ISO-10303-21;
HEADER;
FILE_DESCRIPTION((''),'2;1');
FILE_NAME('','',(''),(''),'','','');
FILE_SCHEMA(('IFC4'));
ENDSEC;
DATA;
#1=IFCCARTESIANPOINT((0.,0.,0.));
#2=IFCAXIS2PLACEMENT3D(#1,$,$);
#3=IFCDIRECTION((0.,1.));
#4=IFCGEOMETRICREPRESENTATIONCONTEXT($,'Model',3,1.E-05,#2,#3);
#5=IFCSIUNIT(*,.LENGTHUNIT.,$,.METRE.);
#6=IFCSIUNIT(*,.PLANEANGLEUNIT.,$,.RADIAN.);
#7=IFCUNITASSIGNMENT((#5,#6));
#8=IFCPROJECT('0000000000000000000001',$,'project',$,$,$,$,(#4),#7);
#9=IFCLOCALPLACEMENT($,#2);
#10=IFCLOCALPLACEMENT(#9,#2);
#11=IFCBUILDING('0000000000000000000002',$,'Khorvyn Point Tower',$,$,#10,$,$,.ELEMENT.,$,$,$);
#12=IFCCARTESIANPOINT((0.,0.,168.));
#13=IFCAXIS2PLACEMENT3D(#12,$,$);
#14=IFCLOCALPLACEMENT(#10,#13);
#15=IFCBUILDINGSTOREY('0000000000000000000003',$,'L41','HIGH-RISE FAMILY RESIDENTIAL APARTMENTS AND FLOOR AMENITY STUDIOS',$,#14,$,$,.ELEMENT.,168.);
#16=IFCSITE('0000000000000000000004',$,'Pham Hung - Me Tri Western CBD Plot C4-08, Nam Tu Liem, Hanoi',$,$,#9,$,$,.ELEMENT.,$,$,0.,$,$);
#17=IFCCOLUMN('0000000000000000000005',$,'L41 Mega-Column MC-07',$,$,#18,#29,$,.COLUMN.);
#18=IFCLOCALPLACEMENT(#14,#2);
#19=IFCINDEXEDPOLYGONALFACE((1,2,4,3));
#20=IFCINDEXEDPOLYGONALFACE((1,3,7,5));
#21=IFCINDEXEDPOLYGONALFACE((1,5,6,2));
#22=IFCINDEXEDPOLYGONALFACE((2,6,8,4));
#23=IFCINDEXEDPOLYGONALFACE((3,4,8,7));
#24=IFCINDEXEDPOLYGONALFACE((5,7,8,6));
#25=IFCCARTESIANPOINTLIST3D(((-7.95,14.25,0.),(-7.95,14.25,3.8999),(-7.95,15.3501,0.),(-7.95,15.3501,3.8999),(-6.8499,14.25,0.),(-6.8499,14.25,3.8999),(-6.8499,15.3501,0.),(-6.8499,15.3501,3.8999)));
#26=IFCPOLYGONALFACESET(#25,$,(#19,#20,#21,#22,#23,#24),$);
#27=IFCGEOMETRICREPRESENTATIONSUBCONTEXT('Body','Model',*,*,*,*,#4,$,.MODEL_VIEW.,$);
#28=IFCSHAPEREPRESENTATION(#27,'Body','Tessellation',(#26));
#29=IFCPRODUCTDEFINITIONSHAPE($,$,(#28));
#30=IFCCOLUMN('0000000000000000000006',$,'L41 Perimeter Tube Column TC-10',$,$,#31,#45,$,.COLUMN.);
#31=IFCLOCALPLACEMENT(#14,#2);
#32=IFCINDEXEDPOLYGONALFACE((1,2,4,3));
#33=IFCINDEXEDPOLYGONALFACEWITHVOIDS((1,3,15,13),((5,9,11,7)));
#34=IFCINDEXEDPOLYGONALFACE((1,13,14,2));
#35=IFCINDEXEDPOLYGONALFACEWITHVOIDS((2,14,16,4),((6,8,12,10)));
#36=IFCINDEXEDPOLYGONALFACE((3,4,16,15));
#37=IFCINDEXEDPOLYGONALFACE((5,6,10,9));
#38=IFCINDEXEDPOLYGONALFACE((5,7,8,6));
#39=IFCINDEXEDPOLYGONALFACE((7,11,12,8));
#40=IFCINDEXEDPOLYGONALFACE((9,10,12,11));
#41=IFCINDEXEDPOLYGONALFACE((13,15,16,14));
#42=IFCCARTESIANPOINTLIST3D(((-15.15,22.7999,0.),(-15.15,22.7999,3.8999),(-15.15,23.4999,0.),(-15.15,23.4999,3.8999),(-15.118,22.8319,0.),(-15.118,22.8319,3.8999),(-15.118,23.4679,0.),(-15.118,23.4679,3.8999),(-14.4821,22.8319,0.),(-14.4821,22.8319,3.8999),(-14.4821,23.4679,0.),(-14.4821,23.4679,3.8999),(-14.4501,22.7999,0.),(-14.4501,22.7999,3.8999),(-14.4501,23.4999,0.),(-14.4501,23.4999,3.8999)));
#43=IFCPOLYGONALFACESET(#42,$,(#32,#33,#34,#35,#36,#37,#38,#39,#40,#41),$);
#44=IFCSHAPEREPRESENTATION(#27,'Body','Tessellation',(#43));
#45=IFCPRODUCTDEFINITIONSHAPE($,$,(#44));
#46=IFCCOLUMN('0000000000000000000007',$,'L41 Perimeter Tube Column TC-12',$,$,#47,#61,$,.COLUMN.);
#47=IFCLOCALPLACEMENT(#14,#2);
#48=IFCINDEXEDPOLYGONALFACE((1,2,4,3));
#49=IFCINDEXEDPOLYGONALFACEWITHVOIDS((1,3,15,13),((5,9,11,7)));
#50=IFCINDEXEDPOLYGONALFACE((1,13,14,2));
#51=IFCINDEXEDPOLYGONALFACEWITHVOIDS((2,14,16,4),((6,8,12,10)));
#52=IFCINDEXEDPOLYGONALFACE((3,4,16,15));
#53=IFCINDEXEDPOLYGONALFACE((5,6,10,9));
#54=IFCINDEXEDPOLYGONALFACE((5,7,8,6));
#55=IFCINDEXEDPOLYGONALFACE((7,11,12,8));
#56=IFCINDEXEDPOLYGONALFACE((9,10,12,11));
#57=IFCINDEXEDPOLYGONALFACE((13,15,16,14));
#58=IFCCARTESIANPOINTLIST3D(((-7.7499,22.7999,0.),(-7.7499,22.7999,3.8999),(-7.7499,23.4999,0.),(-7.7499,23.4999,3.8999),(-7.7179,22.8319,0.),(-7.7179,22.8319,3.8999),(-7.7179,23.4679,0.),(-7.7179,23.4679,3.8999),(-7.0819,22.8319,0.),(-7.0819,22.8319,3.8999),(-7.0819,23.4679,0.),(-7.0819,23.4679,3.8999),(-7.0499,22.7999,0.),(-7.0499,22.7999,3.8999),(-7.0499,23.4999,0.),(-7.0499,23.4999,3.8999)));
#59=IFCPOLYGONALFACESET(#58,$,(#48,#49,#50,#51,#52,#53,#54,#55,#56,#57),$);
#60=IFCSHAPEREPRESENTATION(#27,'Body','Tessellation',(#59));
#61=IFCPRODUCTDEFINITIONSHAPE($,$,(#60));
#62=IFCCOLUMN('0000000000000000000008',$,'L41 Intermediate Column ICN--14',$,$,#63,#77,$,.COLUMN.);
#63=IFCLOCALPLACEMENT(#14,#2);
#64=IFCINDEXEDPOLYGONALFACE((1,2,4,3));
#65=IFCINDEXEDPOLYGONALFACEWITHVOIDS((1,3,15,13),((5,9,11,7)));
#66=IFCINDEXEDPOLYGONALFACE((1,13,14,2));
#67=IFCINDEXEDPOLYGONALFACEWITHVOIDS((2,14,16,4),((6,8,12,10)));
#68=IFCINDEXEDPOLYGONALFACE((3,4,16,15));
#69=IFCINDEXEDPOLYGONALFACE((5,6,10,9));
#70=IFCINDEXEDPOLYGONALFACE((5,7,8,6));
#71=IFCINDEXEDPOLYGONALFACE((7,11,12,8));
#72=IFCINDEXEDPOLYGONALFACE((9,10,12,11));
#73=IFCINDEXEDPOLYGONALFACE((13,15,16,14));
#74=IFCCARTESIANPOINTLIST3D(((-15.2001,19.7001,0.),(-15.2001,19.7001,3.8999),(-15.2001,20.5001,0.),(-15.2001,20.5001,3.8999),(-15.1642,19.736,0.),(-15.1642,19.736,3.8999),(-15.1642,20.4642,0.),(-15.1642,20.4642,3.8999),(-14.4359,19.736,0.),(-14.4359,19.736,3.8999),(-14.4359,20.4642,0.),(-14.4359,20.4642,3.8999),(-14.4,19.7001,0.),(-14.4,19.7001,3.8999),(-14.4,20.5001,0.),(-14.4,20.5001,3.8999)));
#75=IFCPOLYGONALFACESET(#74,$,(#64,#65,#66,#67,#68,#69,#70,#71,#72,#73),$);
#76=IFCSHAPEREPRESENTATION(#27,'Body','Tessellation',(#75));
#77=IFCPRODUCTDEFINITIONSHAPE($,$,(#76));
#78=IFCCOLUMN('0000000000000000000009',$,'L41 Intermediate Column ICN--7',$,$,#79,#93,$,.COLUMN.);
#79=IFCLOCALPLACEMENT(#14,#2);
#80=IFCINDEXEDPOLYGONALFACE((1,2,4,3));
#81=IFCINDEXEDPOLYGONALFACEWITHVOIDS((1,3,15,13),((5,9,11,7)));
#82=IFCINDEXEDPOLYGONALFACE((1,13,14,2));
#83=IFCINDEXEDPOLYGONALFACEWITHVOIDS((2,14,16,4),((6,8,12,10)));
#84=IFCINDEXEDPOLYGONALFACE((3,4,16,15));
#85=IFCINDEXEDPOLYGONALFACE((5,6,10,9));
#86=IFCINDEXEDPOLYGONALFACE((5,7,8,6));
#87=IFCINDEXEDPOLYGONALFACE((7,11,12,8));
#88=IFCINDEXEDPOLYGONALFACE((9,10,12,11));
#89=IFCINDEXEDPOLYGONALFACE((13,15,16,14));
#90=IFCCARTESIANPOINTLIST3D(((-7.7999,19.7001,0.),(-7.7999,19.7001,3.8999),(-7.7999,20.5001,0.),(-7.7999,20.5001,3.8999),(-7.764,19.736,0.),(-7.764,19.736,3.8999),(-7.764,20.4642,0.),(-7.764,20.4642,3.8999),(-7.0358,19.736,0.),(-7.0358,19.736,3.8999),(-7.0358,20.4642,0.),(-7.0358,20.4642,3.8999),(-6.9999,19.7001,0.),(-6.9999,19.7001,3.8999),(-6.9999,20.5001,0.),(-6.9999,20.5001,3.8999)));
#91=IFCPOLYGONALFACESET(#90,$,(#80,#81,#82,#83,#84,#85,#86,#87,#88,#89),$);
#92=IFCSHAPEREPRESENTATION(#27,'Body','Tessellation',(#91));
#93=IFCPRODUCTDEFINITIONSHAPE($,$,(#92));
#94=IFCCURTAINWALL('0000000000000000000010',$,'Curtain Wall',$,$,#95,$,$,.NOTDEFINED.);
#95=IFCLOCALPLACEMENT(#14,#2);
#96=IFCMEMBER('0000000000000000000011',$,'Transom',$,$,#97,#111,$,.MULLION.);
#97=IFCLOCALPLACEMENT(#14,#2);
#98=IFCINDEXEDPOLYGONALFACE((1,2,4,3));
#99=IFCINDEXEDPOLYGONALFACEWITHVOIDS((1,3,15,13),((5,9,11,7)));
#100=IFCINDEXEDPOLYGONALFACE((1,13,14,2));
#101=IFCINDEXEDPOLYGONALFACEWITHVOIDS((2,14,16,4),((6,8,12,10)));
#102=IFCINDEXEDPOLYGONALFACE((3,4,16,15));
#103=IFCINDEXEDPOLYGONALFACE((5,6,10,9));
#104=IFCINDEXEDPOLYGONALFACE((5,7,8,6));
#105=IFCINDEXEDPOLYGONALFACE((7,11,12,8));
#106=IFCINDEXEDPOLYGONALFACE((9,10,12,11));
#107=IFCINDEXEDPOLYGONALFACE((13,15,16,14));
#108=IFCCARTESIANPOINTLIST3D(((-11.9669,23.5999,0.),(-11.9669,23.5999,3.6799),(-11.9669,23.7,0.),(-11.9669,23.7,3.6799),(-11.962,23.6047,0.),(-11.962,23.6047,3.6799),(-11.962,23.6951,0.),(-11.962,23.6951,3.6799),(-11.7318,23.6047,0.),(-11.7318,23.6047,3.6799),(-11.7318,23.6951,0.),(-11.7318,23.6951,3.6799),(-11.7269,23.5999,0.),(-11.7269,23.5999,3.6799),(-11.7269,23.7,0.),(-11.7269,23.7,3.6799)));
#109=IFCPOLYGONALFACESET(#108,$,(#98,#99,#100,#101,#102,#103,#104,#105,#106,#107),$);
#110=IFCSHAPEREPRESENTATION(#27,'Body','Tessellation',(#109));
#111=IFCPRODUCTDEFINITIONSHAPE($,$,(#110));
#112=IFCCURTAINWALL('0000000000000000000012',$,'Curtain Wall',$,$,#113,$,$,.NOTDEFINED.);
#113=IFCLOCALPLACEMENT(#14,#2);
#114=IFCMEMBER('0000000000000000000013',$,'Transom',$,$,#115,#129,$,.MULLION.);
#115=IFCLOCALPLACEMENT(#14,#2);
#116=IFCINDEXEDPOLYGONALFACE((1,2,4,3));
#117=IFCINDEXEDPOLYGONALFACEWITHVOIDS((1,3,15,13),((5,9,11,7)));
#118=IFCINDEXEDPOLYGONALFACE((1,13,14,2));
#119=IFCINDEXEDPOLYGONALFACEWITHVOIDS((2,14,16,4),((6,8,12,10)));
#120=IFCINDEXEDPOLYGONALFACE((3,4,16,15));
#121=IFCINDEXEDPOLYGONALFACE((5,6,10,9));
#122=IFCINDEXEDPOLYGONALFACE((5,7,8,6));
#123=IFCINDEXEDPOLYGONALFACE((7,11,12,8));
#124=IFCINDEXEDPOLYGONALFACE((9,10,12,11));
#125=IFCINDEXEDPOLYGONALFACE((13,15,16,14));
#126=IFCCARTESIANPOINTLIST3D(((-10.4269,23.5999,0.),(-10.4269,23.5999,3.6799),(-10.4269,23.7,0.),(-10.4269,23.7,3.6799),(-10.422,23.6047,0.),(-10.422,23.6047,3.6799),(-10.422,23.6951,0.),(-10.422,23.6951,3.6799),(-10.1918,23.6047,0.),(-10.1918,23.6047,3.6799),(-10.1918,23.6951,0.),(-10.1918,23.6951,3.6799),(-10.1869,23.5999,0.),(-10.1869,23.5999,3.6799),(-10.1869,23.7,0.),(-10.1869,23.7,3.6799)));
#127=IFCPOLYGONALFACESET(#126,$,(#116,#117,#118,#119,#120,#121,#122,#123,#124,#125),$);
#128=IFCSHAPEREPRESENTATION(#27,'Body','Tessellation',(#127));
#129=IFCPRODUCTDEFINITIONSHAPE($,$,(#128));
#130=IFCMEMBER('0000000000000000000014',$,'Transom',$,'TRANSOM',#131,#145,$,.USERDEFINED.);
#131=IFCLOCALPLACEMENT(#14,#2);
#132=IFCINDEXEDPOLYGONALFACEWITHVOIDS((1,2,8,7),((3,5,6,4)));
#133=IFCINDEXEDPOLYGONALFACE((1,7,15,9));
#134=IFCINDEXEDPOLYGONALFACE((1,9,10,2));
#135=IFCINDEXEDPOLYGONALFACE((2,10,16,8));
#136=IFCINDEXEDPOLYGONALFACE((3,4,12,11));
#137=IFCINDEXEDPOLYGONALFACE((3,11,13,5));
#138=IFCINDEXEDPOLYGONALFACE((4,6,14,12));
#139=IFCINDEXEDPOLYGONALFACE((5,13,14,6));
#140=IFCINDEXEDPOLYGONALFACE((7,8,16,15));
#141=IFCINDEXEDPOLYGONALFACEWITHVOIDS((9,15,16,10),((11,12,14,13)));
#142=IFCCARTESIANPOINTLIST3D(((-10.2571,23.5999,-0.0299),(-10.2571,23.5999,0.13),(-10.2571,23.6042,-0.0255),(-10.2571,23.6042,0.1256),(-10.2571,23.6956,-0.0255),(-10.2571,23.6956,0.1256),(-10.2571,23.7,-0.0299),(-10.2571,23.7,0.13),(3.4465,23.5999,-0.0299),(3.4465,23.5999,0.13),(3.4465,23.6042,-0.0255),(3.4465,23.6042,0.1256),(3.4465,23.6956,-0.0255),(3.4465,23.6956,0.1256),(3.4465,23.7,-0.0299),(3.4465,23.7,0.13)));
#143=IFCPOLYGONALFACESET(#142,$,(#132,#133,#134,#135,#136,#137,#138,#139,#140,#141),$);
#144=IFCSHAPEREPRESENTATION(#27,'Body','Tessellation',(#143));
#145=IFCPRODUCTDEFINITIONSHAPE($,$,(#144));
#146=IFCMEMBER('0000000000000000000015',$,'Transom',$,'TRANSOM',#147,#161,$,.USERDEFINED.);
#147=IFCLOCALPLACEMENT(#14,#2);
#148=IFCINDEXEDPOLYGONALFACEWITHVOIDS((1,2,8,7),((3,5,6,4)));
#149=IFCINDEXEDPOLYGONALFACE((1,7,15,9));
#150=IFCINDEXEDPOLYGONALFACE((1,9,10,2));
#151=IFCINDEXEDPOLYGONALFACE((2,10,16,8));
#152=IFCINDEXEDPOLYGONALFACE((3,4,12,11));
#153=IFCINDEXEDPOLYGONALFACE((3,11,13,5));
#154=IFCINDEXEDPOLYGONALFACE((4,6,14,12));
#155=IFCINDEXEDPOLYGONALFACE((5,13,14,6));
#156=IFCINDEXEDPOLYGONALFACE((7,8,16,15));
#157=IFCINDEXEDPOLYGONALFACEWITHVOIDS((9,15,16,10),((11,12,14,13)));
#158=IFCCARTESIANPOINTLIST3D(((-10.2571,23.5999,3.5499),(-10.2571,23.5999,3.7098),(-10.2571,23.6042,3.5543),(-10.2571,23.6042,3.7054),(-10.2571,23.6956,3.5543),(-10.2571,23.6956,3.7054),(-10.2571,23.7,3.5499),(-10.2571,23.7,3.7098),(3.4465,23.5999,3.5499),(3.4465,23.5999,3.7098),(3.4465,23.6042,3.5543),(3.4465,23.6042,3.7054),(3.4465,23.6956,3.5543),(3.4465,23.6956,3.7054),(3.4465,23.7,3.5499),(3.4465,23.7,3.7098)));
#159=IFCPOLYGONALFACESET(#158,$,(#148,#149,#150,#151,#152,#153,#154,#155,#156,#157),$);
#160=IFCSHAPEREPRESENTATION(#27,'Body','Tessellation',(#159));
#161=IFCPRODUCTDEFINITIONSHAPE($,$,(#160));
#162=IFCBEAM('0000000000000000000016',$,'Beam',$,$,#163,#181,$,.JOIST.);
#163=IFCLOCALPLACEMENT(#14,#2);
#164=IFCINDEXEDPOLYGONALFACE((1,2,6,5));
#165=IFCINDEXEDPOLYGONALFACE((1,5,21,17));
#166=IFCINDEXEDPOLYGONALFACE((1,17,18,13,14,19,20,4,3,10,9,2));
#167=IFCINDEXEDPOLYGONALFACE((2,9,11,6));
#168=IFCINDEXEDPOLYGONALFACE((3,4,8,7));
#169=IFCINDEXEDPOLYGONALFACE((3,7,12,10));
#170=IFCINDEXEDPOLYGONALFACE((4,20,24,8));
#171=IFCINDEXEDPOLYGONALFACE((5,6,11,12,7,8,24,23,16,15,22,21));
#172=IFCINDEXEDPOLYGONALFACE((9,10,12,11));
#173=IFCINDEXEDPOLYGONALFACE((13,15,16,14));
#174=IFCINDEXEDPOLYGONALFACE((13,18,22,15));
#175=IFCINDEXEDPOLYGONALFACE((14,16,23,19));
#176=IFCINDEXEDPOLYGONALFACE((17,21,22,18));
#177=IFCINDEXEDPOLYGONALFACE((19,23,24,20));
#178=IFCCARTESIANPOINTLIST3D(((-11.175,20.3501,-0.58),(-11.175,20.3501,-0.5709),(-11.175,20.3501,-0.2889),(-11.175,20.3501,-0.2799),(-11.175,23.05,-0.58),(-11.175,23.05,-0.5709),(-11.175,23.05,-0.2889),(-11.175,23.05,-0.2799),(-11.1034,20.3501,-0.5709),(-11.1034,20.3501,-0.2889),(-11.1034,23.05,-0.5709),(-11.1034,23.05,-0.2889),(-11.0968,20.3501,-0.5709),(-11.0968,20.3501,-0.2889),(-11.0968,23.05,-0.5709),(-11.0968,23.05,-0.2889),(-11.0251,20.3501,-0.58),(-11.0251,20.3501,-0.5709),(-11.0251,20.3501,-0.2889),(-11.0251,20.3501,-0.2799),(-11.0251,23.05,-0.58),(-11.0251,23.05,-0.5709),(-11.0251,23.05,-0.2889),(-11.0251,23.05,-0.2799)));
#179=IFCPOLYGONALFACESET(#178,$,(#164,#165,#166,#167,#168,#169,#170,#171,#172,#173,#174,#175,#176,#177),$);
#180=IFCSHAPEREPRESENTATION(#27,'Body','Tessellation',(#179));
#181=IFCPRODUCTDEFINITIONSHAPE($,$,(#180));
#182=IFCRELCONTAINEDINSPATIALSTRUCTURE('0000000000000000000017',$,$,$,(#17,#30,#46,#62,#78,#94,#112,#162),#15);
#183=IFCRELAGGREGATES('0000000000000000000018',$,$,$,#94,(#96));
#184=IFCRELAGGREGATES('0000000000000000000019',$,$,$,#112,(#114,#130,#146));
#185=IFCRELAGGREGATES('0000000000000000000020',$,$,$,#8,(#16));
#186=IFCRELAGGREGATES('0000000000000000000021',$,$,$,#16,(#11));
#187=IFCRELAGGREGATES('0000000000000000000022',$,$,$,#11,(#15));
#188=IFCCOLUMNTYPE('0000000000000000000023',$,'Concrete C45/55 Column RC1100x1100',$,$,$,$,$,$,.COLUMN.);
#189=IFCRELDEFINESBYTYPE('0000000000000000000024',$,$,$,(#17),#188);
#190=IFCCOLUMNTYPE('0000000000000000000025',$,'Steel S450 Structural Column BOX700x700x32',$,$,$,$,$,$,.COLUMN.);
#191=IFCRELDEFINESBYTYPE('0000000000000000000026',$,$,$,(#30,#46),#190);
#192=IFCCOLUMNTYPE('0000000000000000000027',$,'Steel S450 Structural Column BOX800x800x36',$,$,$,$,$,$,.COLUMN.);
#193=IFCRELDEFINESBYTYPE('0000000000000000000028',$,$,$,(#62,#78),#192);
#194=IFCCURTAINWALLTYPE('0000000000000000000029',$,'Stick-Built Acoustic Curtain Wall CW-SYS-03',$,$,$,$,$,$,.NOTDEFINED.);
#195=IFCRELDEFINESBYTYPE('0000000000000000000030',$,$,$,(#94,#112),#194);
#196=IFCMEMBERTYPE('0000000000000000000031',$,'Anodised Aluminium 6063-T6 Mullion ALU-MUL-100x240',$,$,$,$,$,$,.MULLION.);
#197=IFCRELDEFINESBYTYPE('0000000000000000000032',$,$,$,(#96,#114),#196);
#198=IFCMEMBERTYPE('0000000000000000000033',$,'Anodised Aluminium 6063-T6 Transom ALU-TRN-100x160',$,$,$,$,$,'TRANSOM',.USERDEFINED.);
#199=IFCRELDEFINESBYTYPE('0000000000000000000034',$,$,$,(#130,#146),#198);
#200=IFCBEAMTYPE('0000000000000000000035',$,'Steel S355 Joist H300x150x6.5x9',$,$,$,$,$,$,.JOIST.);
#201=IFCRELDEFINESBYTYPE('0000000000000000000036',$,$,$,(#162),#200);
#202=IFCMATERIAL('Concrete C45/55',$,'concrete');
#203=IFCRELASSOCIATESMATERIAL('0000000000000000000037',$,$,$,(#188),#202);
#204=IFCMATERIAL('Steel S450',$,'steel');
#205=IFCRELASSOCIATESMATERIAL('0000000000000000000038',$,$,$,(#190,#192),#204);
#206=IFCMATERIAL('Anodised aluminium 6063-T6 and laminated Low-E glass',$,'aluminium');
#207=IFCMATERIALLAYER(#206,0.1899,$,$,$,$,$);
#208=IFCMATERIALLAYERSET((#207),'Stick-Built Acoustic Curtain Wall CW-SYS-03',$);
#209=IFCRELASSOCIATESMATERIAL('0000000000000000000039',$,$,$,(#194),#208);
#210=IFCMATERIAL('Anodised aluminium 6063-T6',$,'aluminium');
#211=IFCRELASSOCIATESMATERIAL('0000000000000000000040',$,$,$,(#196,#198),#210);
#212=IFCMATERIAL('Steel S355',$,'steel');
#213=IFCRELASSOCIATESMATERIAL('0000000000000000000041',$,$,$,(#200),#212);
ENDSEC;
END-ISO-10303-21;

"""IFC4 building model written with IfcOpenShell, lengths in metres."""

from ifc_helpers import new_model, si_unit, direction, frame, origin, origin_2d, place, context, subcontext, project, spatial, rectangle, hollow_rectangle, i_section, extrude, material, layer, layer_set, material_profile, profile_set, type_object, element, aggregate, save


model = new_model("IFC4")

# Units and contexts
model_context = context("Model", 3, precision=1e-05, world=origin(), true_north=direction((0.0, 1.0)))
body_context = subcontext(model_context, "Body", "Model", "MODEL_VIEW")
ifc_project = project(units=[si_unit("LENGTHUNIT", "METRE"), si_unit("PLANEANGLEUNIT", "RADIAN")], contexts=[model_context])

# Site, building, storey
site_placement = place(None, origin())
site = spatial("IfcSite", under=ifc_project, at=site_placement, Name="Pham Hung - Me Tri Western CBD Plot C4-08, Nam Tu Liem, Hanoi", CompositionType="ELEMENT", RefElevation=0.0)
building_placement = place(site_placement, origin())
building = spatial("IfcBuilding", under=site, at=building_placement, Name="Khorvyn Point Tower", CompositionType="ELEMENT")
storey_placement = place(building_placement, frame((0.0, 0.0, 168.0)))
storey = spatial("IfcBuildingStorey", under=building, at=storey_placement, Name="L41", Description="HIGH-RISE FAMILY RESIDENTIAL APARTMENTS AND FLOOR AMENITY STUDIOS", CompositionType="ELEMENT", Elevation=168.0)

# Columns
ifc_material_1 = material(Name="Concrete C45/55", Category="concrete")
ifc_material_profile_1 = material_profile(ifc_material_1, rectangle(XDim=1.1001, YDim=1.1001, at=origin_2d()))
ifc_profile_set_1 = profile_set([ifc_material_profile_1], Name="Concrete C45/55 RC1100x1100")
column_type_1 = type_object("IfcColumnType", Name="Concrete C45/55 Column RC1100x1100", PredefinedType="COLUMN", material=ifc_profile_set_1)
column_placement = place(storey_placement, frame((-7.3999, 14.8, 0.0), z_axis=(0.0, 0.0, 1.0), x_axis=(1.0, 0.0, 0.0)))
element("IfcColumn", 1, at=column_placement, inside=storey, type_object=column_type_1, Name="L41 Mega-Column MC-07", PredefinedType="COLUMN", context=body_context, shape_type="SweptSolid", body=[
    extrude(rectangle(XDim=1.1001, YDim=1.1001, at=origin_2d()), origin(), (0.0, 0.0, 1.0), 3.8999),
])
ifc_material_2 = material(Name="Steel S450", Category="steel")
ifc_material_profile_2 = material_profile(ifc_material_2, hollow_rectangle(XDim=0.7, YDim=0.7, WallThickness=0.032, at=origin_2d()))
ifc_profile_set_2 = profile_set([ifc_material_profile_2], Name="Steel S450 BOX700x700x32")
column_type_2 = type_object("IfcColumnType", Name="Steel S450 Structural Column BOX700x700x32", PredefinedType="COLUMN", material=ifc_profile_set_2)
for number, where, z_axis, x_axis, name in (
    (2, (-14.8, 23.1499, 0.0), (0.0, 0.0, 1.0), (1.0, 0.0, 0.0), "L41 Perimeter Tube Column TC-10"),
    (3, (-7.3999, 23.1499, 0.0), (0.0, 0.0, 1.0), (1.0, 0.0, 0.0), "L41 Perimeter Tube Column TC-12"),
):
    element("IfcColumn", number, at=place(storey_placement, frame(where, z_axis=z_axis, x_axis=x_axis)), inside=storey, type_object=column_type_2, Name=name, PredefinedType="COLUMN", context=body_context, shape_type="SweptSolid", body=[
        extrude(hollow_rectangle(XDim=0.7, YDim=0.7, WallThickness=0.032, at=origin_2d()), origin(), (0.0, 0.0, 1.0), 3.8999),
    ])
ifc_material_profile_3 = material_profile(ifc_material_2, hollow_rectangle(XDim=0.8, YDim=0.8, WallThickness=0.0359, at=origin_2d()))
ifc_profile_set_3 = profile_set([ifc_material_profile_3], Name="Steel S450 BOX800x800x36")
column_type_3 = type_object("IfcColumnType", Name="Steel S450 Structural Column BOX800x800x36", PredefinedType="COLUMN", material=ifc_profile_set_3)
for number, where, z_axis, x_axis, name in (
    (4, (-14.8, 20.1001, 0.0), (0.0, 0.0, 1.0), (1.0, 0.0, 0.0), "L41 Intermediate Column ICN--14"),
    (5, (-7.3999, 20.1001, 0.0), (0.0, 0.0, 1.0), (1.0, 0.0, 0.0), "L41 Intermediate Column ICN--7"),
):
    element("IfcColumn", number, at=place(storey_placement, frame(where, z_axis=z_axis, x_axis=x_axis)), inside=storey, type_object=column_type_3, Name=name, PredefinedType="COLUMN", context=body_context, shape_type="SweptSolid", body=[
        extrude(hollow_rectangle(XDim=0.8, YDim=0.8, WallThickness=0.0359, at=origin_2d()), origin(), (0.0, 0.0, 1.0), 3.8999),
    ])

# Curtain wall, member
ifc_material_3 = material(Name="Anodised aluminium 6063-T6 and laminated Low-E glass", Category="aluminium")
ifc_layer_1 = layer(ifc_material_3, 0.1899)
ifc_layer_set_1 = layer_set([ifc_layer_1], Name="Stick-Built Acoustic Curtain Wall CW-SYS-03")
curtain_wall_type = type_object("IfcCurtainWallType", Name="Stick-Built Acoustic Curtain Wall CW-SYS-03", PredefinedType="NOTDEFINED", material=ifc_layer_set_1)
curtain_wall_1_placement = place(storey_placement, origin())
curtain_wall_1 = element("IfcCurtainWall", 6, at=curtain_wall_1_placement, inside=storey, type_object=curtain_wall_type, Name="Curtain Wall", PredefinedType="NOTDEFINED")
ifc_material_4 = material(Name="Anodised aluminium 6063-T6", Category="aluminium")
ifc_material_profile_4 = material_profile(ifc_material_4, hollow_rectangle(XDim=0.1001, YDim=0.24, WallThickness=0.0049, at=origin_2d()))
ifc_profile_set_4 = profile_set([ifc_material_profile_4], Name="Anodised aluminium 6063-T6 ALU-MUL-100x240")
member_type_1 = type_object("IfcMemberType", Name="Anodised Aluminium 6063-T6 Mullion ALU-MUL-100x240", PredefinedType="MULLION", material=ifc_profile_set_4)
member_1_placement = place(storey_placement, frame((-11.8469, 23.6499, 0.0), z_axis=(0.0, 0.0, 1.0), x_axis=(0.0, 1.0, 0.0)))
member_1 = element("IfcMember", 7, at=member_1_placement, type_object=member_type_1, Name="Transom", PredefinedType="MULLION", context=body_context, shape_type="SweptSolid", body=[
    extrude(hollow_rectangle(XDim=0.1001, YDim=0.24, WallThickness=0.0049, at=origin_2d()), origin(), (0.0, 0.0, 1.0), 3.6799),
])

# Curtain wall, members
curtain_wall_2_placement = place(storey_placement, origin())
curtain_wall_2 = element("IfcCurtainWall", 8, at=curtain_wall_2_placement, inside=storey, type_object=curtain_wall_type, Name="Curtain Wall", PredefinedType="NOTDEFINED")
member_2_placement = place(storey_placement, frame((-10.3069, 23.6499, 0.0), z_axis=(0.0, 0.0, 1.0), x_axis=(0.0, 1.0, 0.0)))
member_2 = element("IfcMember", 9, at=member_2_placement, type_object=member_type_1, Name="Transom", PredefinedType="MULLION", context=body_context, shape_type="SweptSolid", body=[
    extrude(hollow_rectangle(XDim=0.1001, YDim=0.24, WallThickness=0.0049, at=origin_2d()), origin(), (0.0, 0.0, 1.0), 3.6799),
])
ifc_material_profile_5 = material_profile(ifc_material_4, hollow_rectangle(XDim=0.1001, YDim=0.1599, WallThickness=0.0044, at=origin_2d()))
ifc_profile_set_5 = profile_set([ifc_material_profile_5], Name="Anodised aluminium 6063-T6 ALU-TRN-100x160")
member_type_2 = type_object("IfcMemberType", Name="Anodised Aluminium 6063-T6 Transom ALU-TRN-100x160", ElementType="TRANSOM", PredefinedType="USERDEFINED", material=ifc_profile_set_5)
member_3_placement = place(storey_placement, frame((-10.2571, 23.6499, 0.05), z_axis=(1.0, 0.0, 0.0), x_axis=(0.0, 1.0, 0.0)))
member_3 = element("IfcMember", 10, at=member_3_placement, type_object=member_type_2, Name="Transom", ObjectType="TRANSOM", PredefinedType="USERDEFINED", context=body_context, shape_type="SweptSolid", body=[
    extrude(hollow_rectangle(XDim=0.1001, YDim=0.1599, WallThickness=0.0044, at=origin_2d()), origin(), (0.0, 0.0, 1.0), 13.7036),
])
member_4_placement = place(storey_placement, frame((-10.2571, 23.6499, 3.6299), z_axis=(1.0, 0.0, 0.0), x_axis=(0.0, 1.0, 0.0)))
member_4 = element("IfcMember", 11, at=member_4_placement, type_object=member_type_2, Name="Transom", ObjectType="TRANSOM", PredefinedType="USERDEFINED", context=body_context, shape_type="SweptSolid", body=[
    extrude(hollow_rectangle(XDim=0.1001, YDim=0.1599, WallThickness=0.0044, at=origin_2d()), origin(), (0.0, 0.0, 1.0), 13.7036),
])

# Beam
ifc_material_5 = material(Name="Steel S355", Category="steel")
ifc_material_profile_6 = material_profile(ifc_material_5, i_section(OverallWidth=0.1499, OverallDepth=0.3, WebThickness=0.0066, FlangeThickness=0.009, at=origin_2d()))
ifc_profile_set_6 = profile_set([ifc_material_profile_6], Name="Steel S355 H300x150x6.5x9")
beam_type_1 = type_object("IfcBeamType", Name="Steel S355 Joist H300x150x6.5x9", PredefinedType="JOIST", material=ifc_profile_set_6)
beam_1_placement = place(storey_placement, frame((-11.1001, 20.3501, -0.4299), z_axis=(0.0, 1.0, 0.0), x_axis=(-1.0, 0.0, 0.0)))
element("IfcBeam", 12, at=beam_1_placement, inside=storey, type_object=beam_type_1, Name="Beam", PredefinedType="JOIST", context=body_context, shape_type="SweptSolid", body=[
    extrude(i_section(OverallWidth=0.1499, OverallDepth=0.3, WebThickness=0.0066, FlangeThickness=0.009, at=origin_2d()), origin(), (0.0, 0.0, 1.0), 2.7),
])

aggregate(curtain_wall_1, [member_1])
aggregate(curtain_wall_2, [member_2, member_3, member_4])

save(model, "model.ifc")
